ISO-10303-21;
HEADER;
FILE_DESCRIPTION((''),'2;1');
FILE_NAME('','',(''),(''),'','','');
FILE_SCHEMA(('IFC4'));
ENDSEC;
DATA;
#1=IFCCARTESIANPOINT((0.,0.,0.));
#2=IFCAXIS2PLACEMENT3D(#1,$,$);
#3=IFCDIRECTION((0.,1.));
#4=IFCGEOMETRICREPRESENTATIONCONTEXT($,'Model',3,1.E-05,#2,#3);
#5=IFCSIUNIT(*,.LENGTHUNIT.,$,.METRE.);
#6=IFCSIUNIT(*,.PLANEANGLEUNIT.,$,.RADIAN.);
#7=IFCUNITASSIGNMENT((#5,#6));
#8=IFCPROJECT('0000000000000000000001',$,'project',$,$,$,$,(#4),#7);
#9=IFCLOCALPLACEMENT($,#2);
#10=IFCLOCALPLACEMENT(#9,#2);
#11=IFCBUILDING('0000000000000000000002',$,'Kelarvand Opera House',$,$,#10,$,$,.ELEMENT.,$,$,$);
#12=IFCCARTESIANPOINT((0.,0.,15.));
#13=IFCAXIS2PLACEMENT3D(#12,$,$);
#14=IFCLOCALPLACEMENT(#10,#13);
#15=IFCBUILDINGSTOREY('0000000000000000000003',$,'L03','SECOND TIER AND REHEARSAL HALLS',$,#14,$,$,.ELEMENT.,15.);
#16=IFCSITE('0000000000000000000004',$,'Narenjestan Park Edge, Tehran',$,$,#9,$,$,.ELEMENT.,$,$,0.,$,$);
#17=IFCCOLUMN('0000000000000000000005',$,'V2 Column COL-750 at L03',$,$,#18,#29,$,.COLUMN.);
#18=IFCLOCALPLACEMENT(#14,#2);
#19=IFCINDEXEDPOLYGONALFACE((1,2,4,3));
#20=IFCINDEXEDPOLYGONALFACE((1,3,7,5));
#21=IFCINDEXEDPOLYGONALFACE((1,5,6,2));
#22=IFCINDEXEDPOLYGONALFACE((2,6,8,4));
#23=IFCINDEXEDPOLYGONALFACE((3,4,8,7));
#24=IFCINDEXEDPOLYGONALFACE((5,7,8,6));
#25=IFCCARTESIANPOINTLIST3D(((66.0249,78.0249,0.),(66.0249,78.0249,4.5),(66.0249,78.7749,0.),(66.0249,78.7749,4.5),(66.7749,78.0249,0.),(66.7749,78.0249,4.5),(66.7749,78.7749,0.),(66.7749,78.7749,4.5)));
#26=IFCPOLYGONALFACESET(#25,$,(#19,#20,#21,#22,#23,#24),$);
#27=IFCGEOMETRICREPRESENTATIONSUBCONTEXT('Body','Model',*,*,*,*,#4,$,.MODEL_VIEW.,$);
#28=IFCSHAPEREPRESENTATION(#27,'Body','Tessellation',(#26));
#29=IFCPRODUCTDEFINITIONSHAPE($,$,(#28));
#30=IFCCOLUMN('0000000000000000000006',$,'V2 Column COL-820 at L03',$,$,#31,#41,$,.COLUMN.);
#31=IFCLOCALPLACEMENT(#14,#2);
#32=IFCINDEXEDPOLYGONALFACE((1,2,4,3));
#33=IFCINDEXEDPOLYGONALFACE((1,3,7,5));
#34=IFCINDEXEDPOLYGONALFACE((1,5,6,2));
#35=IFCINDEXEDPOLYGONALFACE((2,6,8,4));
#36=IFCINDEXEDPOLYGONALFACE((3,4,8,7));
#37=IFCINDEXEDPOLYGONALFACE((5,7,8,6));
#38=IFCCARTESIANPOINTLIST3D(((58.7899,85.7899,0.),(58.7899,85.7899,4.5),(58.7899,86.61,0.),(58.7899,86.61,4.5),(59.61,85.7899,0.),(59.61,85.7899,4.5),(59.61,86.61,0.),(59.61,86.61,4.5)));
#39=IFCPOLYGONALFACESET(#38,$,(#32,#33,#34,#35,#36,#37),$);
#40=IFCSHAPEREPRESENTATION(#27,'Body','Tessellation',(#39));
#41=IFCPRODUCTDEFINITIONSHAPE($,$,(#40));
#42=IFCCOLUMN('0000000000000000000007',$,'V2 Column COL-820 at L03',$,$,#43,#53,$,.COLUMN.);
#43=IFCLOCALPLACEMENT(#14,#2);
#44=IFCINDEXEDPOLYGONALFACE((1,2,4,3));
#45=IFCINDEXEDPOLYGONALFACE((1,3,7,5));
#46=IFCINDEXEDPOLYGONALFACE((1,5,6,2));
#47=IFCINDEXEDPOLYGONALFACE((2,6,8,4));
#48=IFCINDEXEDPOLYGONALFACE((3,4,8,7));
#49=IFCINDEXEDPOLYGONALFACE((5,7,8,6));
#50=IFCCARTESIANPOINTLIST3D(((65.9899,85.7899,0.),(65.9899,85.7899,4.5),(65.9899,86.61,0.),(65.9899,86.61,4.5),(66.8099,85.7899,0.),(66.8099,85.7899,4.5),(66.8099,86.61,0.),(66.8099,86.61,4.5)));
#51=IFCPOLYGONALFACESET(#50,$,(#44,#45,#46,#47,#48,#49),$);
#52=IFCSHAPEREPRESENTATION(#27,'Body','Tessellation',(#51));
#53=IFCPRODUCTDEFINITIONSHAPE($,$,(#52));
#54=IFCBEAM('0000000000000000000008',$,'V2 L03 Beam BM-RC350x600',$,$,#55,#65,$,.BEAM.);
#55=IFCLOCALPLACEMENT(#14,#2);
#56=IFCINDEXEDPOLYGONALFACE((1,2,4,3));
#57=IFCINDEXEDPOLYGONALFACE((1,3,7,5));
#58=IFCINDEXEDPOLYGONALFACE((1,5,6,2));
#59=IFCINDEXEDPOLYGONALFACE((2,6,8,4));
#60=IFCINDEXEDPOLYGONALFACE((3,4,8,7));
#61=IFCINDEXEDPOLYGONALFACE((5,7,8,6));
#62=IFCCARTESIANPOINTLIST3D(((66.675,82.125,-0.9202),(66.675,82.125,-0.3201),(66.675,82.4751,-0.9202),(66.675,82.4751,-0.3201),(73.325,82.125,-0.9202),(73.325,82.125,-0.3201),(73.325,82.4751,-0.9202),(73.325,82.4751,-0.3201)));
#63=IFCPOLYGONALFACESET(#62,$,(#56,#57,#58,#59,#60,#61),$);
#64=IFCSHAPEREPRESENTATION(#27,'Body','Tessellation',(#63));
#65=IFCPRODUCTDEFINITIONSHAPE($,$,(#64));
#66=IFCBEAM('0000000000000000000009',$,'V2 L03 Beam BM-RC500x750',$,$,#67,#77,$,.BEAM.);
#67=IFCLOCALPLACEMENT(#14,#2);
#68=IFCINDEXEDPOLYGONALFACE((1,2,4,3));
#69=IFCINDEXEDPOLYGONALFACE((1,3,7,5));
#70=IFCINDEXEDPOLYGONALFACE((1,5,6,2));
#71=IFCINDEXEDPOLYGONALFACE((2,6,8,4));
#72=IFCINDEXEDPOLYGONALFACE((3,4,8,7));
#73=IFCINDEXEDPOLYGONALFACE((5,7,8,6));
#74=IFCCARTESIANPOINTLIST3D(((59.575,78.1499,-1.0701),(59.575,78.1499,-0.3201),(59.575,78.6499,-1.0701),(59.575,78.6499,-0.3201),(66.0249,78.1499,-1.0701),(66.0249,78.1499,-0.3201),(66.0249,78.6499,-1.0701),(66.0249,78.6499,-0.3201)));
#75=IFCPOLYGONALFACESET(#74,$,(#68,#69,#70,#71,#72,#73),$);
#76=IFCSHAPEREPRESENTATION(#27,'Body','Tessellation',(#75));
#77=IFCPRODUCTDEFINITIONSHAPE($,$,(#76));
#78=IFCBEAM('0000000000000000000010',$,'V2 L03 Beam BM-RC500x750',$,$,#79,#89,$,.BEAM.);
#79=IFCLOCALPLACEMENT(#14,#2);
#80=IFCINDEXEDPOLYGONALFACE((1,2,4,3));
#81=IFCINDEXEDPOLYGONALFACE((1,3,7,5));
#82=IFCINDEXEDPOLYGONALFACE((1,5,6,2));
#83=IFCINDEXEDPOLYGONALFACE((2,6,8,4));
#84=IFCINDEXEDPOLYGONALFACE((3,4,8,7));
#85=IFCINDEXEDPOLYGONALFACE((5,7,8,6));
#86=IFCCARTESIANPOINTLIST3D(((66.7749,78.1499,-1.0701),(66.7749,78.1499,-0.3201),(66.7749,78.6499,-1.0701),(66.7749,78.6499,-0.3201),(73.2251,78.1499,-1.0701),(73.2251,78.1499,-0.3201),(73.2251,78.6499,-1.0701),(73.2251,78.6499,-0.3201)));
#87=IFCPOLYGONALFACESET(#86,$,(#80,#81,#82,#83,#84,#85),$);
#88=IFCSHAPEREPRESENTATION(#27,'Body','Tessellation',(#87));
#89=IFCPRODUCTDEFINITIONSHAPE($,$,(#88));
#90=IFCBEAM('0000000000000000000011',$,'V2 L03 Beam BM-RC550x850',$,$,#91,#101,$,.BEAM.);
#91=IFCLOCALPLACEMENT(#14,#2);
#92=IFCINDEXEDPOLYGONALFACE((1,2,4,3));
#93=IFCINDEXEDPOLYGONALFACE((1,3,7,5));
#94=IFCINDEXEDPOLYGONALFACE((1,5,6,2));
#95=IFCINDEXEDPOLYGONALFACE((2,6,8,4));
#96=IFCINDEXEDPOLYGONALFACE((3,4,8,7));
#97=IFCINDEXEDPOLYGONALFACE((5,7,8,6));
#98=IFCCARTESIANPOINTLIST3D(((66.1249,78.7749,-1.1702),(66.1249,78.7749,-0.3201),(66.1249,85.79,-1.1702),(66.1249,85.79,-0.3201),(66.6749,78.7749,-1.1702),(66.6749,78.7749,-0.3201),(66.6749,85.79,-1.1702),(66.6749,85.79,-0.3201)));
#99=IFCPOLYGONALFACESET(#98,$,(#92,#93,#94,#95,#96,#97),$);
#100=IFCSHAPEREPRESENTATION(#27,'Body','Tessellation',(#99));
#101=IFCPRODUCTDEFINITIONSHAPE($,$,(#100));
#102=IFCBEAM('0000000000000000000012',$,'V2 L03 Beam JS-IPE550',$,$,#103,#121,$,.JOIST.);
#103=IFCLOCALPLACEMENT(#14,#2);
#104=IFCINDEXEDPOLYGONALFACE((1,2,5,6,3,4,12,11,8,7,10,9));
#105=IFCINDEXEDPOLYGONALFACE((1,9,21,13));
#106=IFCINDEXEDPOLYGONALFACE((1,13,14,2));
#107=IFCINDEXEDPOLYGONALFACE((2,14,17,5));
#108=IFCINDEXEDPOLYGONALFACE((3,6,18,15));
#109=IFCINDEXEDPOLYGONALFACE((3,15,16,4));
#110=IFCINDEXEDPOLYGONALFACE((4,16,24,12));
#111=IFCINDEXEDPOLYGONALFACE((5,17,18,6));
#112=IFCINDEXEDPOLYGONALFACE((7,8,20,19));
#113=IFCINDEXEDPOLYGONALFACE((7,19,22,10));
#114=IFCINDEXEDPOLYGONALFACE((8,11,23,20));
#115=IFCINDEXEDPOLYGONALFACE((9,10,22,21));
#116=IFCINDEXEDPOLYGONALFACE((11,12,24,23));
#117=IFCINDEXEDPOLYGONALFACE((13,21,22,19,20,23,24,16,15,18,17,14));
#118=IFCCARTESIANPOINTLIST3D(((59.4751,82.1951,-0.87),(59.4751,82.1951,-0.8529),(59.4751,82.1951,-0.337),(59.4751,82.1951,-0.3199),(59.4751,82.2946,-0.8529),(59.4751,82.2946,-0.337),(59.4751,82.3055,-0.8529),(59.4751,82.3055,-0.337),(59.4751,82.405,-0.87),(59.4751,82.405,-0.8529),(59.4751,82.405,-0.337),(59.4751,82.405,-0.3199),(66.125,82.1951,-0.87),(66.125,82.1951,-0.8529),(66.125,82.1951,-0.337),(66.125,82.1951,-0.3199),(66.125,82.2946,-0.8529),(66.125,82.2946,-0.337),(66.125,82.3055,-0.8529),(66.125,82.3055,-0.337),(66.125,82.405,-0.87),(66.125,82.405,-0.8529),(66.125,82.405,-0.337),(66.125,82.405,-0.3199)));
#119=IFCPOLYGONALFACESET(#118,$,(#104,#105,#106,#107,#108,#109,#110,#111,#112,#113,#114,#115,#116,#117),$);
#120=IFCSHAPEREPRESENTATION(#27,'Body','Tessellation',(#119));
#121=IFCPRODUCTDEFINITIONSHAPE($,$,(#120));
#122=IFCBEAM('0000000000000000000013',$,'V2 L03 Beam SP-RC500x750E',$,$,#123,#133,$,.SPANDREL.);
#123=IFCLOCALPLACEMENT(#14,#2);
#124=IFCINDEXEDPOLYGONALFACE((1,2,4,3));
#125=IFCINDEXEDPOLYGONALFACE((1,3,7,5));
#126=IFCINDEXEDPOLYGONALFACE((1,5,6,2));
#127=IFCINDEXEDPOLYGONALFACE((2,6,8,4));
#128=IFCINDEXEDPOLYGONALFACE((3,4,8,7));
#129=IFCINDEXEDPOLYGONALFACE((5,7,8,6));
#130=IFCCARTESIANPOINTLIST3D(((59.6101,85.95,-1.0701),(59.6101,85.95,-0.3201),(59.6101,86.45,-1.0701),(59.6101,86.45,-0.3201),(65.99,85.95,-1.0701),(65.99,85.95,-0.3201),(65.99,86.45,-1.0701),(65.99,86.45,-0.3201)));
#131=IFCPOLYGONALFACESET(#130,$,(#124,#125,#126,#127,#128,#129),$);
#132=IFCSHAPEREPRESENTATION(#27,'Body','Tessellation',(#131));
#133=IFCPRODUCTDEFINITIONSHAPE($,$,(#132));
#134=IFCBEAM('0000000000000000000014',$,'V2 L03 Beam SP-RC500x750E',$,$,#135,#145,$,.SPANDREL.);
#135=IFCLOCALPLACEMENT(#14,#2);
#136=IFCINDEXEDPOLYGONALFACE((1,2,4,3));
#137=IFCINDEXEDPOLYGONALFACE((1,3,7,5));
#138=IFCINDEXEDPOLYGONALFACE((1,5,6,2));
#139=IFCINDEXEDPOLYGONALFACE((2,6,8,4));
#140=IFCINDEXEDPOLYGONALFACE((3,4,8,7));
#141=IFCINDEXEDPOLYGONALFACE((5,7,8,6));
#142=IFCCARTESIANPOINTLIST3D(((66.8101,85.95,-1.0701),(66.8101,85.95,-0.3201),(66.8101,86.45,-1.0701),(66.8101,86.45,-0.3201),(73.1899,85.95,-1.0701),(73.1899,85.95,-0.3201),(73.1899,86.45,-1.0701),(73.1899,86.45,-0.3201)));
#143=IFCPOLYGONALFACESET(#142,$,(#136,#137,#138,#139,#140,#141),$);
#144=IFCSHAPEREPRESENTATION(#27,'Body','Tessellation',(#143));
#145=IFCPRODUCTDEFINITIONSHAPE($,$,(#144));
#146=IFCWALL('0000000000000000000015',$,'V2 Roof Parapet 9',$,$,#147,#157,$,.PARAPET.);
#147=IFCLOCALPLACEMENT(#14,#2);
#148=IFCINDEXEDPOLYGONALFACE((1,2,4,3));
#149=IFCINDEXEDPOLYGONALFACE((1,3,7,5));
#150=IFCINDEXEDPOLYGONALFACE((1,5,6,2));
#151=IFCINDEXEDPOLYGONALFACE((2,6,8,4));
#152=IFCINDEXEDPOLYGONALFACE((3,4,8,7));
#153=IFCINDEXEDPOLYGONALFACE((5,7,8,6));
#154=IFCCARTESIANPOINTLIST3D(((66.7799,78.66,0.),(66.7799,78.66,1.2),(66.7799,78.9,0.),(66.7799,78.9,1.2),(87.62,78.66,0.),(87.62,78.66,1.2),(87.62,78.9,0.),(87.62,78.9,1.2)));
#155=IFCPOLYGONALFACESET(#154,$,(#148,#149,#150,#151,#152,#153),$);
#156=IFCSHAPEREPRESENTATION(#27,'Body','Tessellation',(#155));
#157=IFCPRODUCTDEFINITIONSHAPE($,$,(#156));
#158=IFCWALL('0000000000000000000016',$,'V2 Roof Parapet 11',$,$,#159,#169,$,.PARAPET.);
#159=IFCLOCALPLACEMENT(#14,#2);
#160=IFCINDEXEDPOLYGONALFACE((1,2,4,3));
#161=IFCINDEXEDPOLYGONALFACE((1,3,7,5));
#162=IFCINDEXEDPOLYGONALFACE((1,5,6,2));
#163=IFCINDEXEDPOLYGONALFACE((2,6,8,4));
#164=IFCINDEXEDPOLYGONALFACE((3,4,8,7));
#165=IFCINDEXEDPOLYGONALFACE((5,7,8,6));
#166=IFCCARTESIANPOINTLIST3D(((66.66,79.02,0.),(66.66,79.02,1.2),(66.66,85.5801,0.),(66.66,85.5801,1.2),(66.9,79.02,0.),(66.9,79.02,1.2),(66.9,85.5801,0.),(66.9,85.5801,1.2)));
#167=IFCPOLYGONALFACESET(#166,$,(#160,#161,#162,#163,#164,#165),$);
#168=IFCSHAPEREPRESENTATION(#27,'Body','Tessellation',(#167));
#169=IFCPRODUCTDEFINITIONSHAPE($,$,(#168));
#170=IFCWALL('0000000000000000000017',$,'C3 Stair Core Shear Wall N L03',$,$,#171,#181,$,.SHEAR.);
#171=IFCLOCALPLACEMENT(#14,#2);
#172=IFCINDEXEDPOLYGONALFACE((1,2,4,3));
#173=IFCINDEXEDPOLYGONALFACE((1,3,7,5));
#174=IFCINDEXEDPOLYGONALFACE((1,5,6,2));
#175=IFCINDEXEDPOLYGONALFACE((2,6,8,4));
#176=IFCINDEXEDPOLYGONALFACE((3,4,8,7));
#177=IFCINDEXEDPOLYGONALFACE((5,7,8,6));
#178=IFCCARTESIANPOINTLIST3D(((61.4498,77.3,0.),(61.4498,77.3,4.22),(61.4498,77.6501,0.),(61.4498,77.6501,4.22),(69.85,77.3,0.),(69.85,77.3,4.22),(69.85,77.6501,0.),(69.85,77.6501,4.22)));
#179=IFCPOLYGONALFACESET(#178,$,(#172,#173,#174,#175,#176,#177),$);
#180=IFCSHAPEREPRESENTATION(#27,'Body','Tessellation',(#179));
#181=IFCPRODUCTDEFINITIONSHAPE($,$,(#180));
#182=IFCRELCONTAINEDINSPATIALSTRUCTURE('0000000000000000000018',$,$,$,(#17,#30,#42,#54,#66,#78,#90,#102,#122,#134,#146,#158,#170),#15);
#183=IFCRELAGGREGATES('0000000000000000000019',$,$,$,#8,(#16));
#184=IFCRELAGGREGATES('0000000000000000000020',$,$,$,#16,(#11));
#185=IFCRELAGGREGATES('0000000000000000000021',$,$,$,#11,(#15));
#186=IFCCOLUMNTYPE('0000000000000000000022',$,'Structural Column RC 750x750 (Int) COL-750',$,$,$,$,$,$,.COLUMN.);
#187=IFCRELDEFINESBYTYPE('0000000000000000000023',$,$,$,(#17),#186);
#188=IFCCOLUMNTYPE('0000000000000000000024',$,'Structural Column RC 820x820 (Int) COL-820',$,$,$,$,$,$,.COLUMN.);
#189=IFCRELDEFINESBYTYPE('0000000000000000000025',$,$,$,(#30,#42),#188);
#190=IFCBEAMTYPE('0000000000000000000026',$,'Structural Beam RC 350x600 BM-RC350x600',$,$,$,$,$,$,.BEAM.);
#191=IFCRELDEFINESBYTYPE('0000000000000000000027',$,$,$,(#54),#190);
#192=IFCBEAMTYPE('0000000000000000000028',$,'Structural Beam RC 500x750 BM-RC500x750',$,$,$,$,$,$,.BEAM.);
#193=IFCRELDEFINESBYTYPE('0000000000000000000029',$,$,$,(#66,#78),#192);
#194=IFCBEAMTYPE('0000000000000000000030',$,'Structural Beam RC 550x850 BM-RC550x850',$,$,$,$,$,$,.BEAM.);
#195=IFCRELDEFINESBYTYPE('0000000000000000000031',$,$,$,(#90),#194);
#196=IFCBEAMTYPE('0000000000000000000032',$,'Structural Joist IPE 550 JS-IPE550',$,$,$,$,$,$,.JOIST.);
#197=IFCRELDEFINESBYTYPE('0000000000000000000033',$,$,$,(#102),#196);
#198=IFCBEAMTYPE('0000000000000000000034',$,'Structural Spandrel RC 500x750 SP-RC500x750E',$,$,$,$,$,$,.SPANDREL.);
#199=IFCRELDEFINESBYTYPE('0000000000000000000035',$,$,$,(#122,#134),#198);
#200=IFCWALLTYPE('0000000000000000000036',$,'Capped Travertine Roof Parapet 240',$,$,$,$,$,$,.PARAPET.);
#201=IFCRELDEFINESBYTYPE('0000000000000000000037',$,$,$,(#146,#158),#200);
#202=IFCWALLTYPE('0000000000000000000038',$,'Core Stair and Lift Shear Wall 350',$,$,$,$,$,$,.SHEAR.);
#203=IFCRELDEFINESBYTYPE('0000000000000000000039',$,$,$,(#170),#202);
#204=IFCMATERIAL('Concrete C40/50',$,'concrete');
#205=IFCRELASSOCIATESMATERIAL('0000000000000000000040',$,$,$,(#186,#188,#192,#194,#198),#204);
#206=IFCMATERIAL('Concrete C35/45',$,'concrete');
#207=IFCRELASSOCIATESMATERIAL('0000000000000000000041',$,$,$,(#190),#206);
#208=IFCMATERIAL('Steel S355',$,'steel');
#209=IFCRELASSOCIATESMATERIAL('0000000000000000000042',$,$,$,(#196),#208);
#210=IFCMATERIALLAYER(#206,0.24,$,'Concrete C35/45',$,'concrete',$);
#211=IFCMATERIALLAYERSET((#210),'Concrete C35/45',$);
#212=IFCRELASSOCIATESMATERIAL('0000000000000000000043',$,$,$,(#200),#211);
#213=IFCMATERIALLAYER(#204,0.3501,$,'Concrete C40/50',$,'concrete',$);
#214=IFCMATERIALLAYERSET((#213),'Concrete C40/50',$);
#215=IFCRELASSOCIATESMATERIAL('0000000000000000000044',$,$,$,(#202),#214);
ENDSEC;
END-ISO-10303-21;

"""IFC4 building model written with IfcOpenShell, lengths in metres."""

from ifc_helpers import new_model, si_unit, direction, frame, frame_2d, origin, origin_2d, place, context, subcontext, project, spatial, rectangle, i_section, extrude, material, layer, layer_set, material_profile, profile_set, type_object, element, save


model = new_model("IFC4")

# Units and contexts
model_context = context("Model", 3, precision=1e-05, world=origin(), true_north=direction((0.0, 1.0)))
body_context = subcontext(model_context, "Body", "Model", "MODEL_VIEW")
ifc_project = project(units=[si_unit("LENGTHUNIT", "METRE"), si_unit("PLANEANGLEUNIT", "RADIAN")], contexts=[model_context])

# Site, building, storey
site_placement = place(None, origin())
site = spatial("IfcSite", under=ifc_project, at=site_placement, Name="Narenjestan Park Edge, Tehran", CompositionType="ELEMENT", RefElevation=0.0)
building_placement = place(site_placement, origin())
building = spatial("IfcBuilding", under=site, at=building_placement, Name="Kelarvand Opera House", CompositionType="ELEMENT")
storey_placement = place(building_placement, frame((0.0, 0.0, 15.0)))
storey = spatial("IfcBuildingStorey", under=building, at=storey_placement, Name="L03", Description="SECOND TIER AND REHEARSAL HALLS", CompositionType="ELEMENT", Elevation=15.0)

# Columns
ifc_material_1 = material(Name="Concrete C40/50", Category="concrete")
ifc_material_profile_1 = material_profile(ifc_material_1, rectangle(XDim=0.75, YDim=0.75, at=origin_2d()), Name="RC 750x750", Category="concrete")
ifc_profile_set_1 = profile_set([ifc_material_profile_1], Name="Concrete C40/50")
column_type_1 = type_object("IfcColumnType", Name="Structural Column RC 750x750 (Int) COL-750", PredefinedType="COLUMN", material=ifc_profile_set_1)
column_placement = place(storey_placement, frame((66.3999, 78.3999, 0.0), z_axis=(0.0, 0.0, 1.0), x_axis=(1.0, 0.0, 0.0)))
element("IfcColumn", 1, at=column_placement, inside=storey, type_object=column_type_1, Name="V2 Column COL-750 at L03", PredefinedType="COLUMN", context=body_context, shape_type="SweptSolid", body=[
    extrude(rectangle(XDim=0.75, YDim=0.75, at=origin_2d()), origin(), (0.0, 0.0, 1.0), 4.5),
])
ifc_material_profile_2 = material_profile(ifc_material_1, rectangle(XDim=0.8201, YDim=0.8201, at=origin_2d()), Name="RC 820x820", Category="concrete")
ifc_profile_set_2 = profile_set([ifc_material_profile_2], Name="Concrete C40/50")
column_type_2 = type_object("IfcColumnType", Name="Structural Column RC 820x820 (Int) COL-820", PredefinedType="COLUMN", material=ifc_profile_set_2)
for number, where, z_axis, x_axis, name in (
    (2, (59.2, 86.2, 0.0), (0.0, 0.0, 1.0), (1.0, 0.0, 0.0), "V2 Column COL-820 at L03"),
    (3, (66.3999, 86.2, 0.0), (0.0, 0.0, 1.0), (1.0, 0.0, 0.0), "V2 Column COL-820 at L03"),
):
    element("IfcColumn", number, at=place(storey_placement, frame(where, z_axis=z_axis, x_axis=x_axis)), inside=storey, type_object=column_type_2, Name=name, PredefinedType="COLUMN", context=body_context, shape_type="SweptSolid", body=[
        extrude(rectangle(XDim=0.8201, YDim=0.8201, at=origin_2d()), origin(), (0.0, 0.0, 1.0), 4.5),
    ])

# Beams
ifc_material_2 = material(Name="Concrete C35/45", Category="concrete")
ifc_material_profile_3 = material_profile(ifc_material_2, rectangle(XDim=0.3501, YDim=0.6001, at=origin_2d()), Name="RC 350x600", Category="concrete")
ifc_profile_set_3 = profile_set([ifc_material_profile_3], Name="Concrete C35/45")
beam_type_1 = type_object("IfcBeamType", Name="Structural Beam RC 350x600 BM-RC350x600", PredefinedType="BEAM", material=ifc_profile_set_3)
beam_1_placement = place(storey_placement, frame((66.675, 82.3, -0.6201), z_axis=(1.0, 0.0, 0.0), x_axis=(0.0, 1.0, 0.0)))
element("IfcBeam", 4, at=beam_1_placement, inside=storey, type_object=beam_type_1, Name="V2 L03 Beam BM-RC350x600", PredefinedType="BEAM", context=body_context, shape_type="SweptSolid", body=[
    extrude(rectangle(XDim=0.3501, YDim=0.6001, at=origin_2d()), origin(), (0.0, 0.0, 1.0), 6.6499),
])
ifc_material_profile_4 = material_profile(ifc_material_1, rectangle(XDim=0.5, YDim=0.75, at=origin_2d()), Name="RC 500x750", Category="concrete")
ifc_profile_set_4 = profile_set([ifc_material_profile_4], Name="Concrete C40/50")
beam_type_2 = type_object("IfcBeamType", Name="Structural Beam RC 500x750 BM-RC500x750", PredefinedType="BEAM", material=ifc_profile_set_4)
beam_2_placement = place(storey_placement, frame((59.575, 78.3999, -0.6951), z_axis=(1.0, 0.0, 0.0), x_axis=(0.0, 1.0, 0.0)))
element("IfcBeam", 5, at=beam_2_placement, inside=storey, type_object=beam_type_2, Name="V2 L03 Beam BM-RC500x750", PredefinedType="BEAM", context=body_context, shape_type="SweptSolid", body=[
    extrude(rectangle(XDim=0.5, YDim=0.75, at=origin_2d()), origin(), (0.0, 0.0, 1.0), 6.45),
])
beam_3_placement = place(storey_placement, frame((66.7749, 78.3999, -0.6951), z_axis=(1.0, 0.0, 0.0), x_axis=(0.0, 1.0, 0.0)))
element("IfcBeam", 6, at=beam_3_placement, inside=storey, type_object=beam_type_2, Name="V2 L03 Beam BM-RC500x750", PredefinedType="BEAM", context=body_context, shape_type="SweptSolid", body=[
    extrude(rectangle(XDim=0.5, YDim=0.75, at=origin_2d()), origin(), (0.0, 0.0, 1.0), 6.4502),
])
ifc_material_profile_5 = material_profile(ifc_material_1, rectangle(XDim=0.55, YDim=0.8501, at=origin_2d()), Name="RC 550x850", Category="concrete")
ifc_profile_set_5 = profile_set([ifc_material_profile_5], Name="Concrete C40/50")
beam_type_3 = type_object("IfcBeamType", Name="Structural Beam RC 550x850 BM-RC550x850", PredefinedType="BEAM", material=ifc_profile_set_5)
beam_4_placement = place(storey_placement, frame((66.3999, 78.7749, -0.7451), z_axis=(0.0, 1.0, 0.0), x_axis=(-1.0, 0.0, 0.0)))
element("IfcBeam", 7, at=beam_4_placement, inside=storey, type_object=beam_type_3, Name="V2 L03 Beam BM-RC550x850", PredefinedType="BEAM", context=body_context, shape_type="SweptSolid", body=[
    extrude(rectangle(XDim=0.55, YDim=0.8501, at=origin_2d()), origin(), (0.0, 0.0, 1.0), 7.0151),
])
ifc_material_3 = material(Name="Steel S355", Category="steel")
ifc_material_profile_6 = material_profile(ifc_material_3, i_section(OverallWidth=0.21, OverallDepth=0.55, WebThickness=0.011, FlangeThickness=0.0171, at=origin_2d()), Name="IPE 550", Category="steel")
ifc_profile_set_6 = profile_set([ifc_material_profile_6], Name="Steel S355")
beam_type_4 = type_object("IfcBeamType", Name="Structural Joist IPE 550 JS-IPE550", PredefinedType="JOIST", material=ifc_profile_set_6)
beam_5_placement = place(storey_placement, frame((59.4751, 82.3, -0.595), z_axis=(1.0, 0.0, 0.0), x_axis=(0.0, 1.0, 0.0)))
element("IfcBeam", 8, at=beam_5_placement, inside=storey, type_object=beam_type_4, Name="V2 L03 Beam JS-IPE550", PredefinedType="JOIST", context=body_context, shape_type="SweptSolid", body=[
    extrude(i_section(OverallWidth=0.21, OverallDepth=0.55, WebThickness=0.011, FlangeThickness=0.0171, at=origin_2d()), origin(), (0.0, 0.0, 1.0), 6.6499),
])
ifc_material_profile_7 = material_profile(ifc_material_1, rectangle(XDim=0.5, YDim=0.75, at=origin_2d()), Name="RC 500x750", Category="concrete")
ifc_profile_set_7 = profile_set([ifc_material_profile_7], Name="Concrete C40/50")
beam_type_5 = type_object("IfcBeamType", Name="Structural Spandrel RC 500x750 SP-RC500x750E", PredefinedType="SPANDREL", material=ifc_profile_set_7)
for number, where, z_axis, x_axis, name in (
    (9, (59.6101, 86.2, -0.6951), (1.0, 0.0, 0.0), (0.0, 1.0, 0.0), "V2 L03 Beam SP-RC500x750E"),
    (10, (66.8101, 86.2, -0.6951), (1.0, 0.0, 0.0), (0.0, 1.0, 0.0), "V2 L03 Beam SP-RC500x750E"),
):
    element("IfcBeam", number, at=place(storey_placement, frame(where, z_axis=z_axis, x_axis=x_axis)), inside=storey, type_object=beam_type_5, Name=name, PredefinedType="SPANDREL", context=body_context, shape_type="SweptSolid", body=[
        extrude(rectangle(XDim=0.5, YDim=0.75, at=origin_2d()), origin(), (0.0, 0.0, 1.0), 6.3799),
    ])

# Walls
ifc_layer_1 = layer(ifc_material_2, 0.24, Name="Concrete C35/45", Category="concrete")
ifc_layer_set_1 = layer_set([ifc_layer_1], Name="Concrete C35/45")
wall_type_1 = type_object("IfcWallType", Name="Capped Travertine Roof Parapet 240", PredefinedType="PARAPET", material=ifc_layer_set_1)
wall_1_placement = place(storey_placement, frame((66.78, 78.78, 0.0), z_axis=(0.0, 0.0, 1.0), x_axis=(1.0, 0.0, 0.0)))
element("IfcWall", 11, at=wall_1_placement, inside=storey, type_object=wall_type_1, Name="V2 Roof Parapet 9", PredefinedType="PARAPET", context=body_context, shape_type="SweptSolid", body=[
    extrude(rectangle(XDim=20.8401, YDim=0.24, at=frame_2d((10.4199, 0.0))), origin(), (0.0, 0.0, 1.0), 1.2),
])
wall_2_placement = place(storey_placement, frame((66.78, 85.5801, 0.0), z_axis=(0.0, 0.0, 1.0), x_axis=(0.0, -1.0, 0.0)))
element("IfcWall", 12, at=wall_2_placement, inside=storey, type_object=wall_type_1, Name="V2 Roof Parapet 11", PredefinedType="PARAPET", context=body_context, shape_type="SweptSolid", body=[
    extrude(rectangle(XDim=6.5601, YDim=0.24, at=frame_2d((3.28, 0.0))), origin(), (0.0, 0.0, 1.0), 1.2),
])
ifc_layer_2 = layer(ifc_material_1, 0.3501, Name="Concrete C40/50", Category="concrete")
ifc_layer_set_2 = layer_set([ifc_layer_2], Name="Concrete C40/50")
wall_type_2 = type_object("IfcWallType", Name="Core Stair and Lift Shear Wall 350", PredefinedType="SHEAR", material=ifc_layer_set_2)
wall_3_placement = place(storey_placement, frame((69.8501, 77.4751, 0.0), z_axis=(0.0, 0.0, 1.0), x_axis=(-1.0, 0.0, 0.0)))
element("IfcWall", 13, at=wall_3_placement, inside=storey, type_object=wall_type_2, Name="C3 Stair Core Shear Wall N L03", PredefinedType="SHEAR", context=body_context, shape_type="SweptSolid", body=[
    extrude(rectangle(XDim=8.4001, YDim=0.3501, at=frame_2d((4.2002, 0.0))), origin(), (0.0, 0.0, 1.0), 4.22),
])

save(model, "model.ifc")
